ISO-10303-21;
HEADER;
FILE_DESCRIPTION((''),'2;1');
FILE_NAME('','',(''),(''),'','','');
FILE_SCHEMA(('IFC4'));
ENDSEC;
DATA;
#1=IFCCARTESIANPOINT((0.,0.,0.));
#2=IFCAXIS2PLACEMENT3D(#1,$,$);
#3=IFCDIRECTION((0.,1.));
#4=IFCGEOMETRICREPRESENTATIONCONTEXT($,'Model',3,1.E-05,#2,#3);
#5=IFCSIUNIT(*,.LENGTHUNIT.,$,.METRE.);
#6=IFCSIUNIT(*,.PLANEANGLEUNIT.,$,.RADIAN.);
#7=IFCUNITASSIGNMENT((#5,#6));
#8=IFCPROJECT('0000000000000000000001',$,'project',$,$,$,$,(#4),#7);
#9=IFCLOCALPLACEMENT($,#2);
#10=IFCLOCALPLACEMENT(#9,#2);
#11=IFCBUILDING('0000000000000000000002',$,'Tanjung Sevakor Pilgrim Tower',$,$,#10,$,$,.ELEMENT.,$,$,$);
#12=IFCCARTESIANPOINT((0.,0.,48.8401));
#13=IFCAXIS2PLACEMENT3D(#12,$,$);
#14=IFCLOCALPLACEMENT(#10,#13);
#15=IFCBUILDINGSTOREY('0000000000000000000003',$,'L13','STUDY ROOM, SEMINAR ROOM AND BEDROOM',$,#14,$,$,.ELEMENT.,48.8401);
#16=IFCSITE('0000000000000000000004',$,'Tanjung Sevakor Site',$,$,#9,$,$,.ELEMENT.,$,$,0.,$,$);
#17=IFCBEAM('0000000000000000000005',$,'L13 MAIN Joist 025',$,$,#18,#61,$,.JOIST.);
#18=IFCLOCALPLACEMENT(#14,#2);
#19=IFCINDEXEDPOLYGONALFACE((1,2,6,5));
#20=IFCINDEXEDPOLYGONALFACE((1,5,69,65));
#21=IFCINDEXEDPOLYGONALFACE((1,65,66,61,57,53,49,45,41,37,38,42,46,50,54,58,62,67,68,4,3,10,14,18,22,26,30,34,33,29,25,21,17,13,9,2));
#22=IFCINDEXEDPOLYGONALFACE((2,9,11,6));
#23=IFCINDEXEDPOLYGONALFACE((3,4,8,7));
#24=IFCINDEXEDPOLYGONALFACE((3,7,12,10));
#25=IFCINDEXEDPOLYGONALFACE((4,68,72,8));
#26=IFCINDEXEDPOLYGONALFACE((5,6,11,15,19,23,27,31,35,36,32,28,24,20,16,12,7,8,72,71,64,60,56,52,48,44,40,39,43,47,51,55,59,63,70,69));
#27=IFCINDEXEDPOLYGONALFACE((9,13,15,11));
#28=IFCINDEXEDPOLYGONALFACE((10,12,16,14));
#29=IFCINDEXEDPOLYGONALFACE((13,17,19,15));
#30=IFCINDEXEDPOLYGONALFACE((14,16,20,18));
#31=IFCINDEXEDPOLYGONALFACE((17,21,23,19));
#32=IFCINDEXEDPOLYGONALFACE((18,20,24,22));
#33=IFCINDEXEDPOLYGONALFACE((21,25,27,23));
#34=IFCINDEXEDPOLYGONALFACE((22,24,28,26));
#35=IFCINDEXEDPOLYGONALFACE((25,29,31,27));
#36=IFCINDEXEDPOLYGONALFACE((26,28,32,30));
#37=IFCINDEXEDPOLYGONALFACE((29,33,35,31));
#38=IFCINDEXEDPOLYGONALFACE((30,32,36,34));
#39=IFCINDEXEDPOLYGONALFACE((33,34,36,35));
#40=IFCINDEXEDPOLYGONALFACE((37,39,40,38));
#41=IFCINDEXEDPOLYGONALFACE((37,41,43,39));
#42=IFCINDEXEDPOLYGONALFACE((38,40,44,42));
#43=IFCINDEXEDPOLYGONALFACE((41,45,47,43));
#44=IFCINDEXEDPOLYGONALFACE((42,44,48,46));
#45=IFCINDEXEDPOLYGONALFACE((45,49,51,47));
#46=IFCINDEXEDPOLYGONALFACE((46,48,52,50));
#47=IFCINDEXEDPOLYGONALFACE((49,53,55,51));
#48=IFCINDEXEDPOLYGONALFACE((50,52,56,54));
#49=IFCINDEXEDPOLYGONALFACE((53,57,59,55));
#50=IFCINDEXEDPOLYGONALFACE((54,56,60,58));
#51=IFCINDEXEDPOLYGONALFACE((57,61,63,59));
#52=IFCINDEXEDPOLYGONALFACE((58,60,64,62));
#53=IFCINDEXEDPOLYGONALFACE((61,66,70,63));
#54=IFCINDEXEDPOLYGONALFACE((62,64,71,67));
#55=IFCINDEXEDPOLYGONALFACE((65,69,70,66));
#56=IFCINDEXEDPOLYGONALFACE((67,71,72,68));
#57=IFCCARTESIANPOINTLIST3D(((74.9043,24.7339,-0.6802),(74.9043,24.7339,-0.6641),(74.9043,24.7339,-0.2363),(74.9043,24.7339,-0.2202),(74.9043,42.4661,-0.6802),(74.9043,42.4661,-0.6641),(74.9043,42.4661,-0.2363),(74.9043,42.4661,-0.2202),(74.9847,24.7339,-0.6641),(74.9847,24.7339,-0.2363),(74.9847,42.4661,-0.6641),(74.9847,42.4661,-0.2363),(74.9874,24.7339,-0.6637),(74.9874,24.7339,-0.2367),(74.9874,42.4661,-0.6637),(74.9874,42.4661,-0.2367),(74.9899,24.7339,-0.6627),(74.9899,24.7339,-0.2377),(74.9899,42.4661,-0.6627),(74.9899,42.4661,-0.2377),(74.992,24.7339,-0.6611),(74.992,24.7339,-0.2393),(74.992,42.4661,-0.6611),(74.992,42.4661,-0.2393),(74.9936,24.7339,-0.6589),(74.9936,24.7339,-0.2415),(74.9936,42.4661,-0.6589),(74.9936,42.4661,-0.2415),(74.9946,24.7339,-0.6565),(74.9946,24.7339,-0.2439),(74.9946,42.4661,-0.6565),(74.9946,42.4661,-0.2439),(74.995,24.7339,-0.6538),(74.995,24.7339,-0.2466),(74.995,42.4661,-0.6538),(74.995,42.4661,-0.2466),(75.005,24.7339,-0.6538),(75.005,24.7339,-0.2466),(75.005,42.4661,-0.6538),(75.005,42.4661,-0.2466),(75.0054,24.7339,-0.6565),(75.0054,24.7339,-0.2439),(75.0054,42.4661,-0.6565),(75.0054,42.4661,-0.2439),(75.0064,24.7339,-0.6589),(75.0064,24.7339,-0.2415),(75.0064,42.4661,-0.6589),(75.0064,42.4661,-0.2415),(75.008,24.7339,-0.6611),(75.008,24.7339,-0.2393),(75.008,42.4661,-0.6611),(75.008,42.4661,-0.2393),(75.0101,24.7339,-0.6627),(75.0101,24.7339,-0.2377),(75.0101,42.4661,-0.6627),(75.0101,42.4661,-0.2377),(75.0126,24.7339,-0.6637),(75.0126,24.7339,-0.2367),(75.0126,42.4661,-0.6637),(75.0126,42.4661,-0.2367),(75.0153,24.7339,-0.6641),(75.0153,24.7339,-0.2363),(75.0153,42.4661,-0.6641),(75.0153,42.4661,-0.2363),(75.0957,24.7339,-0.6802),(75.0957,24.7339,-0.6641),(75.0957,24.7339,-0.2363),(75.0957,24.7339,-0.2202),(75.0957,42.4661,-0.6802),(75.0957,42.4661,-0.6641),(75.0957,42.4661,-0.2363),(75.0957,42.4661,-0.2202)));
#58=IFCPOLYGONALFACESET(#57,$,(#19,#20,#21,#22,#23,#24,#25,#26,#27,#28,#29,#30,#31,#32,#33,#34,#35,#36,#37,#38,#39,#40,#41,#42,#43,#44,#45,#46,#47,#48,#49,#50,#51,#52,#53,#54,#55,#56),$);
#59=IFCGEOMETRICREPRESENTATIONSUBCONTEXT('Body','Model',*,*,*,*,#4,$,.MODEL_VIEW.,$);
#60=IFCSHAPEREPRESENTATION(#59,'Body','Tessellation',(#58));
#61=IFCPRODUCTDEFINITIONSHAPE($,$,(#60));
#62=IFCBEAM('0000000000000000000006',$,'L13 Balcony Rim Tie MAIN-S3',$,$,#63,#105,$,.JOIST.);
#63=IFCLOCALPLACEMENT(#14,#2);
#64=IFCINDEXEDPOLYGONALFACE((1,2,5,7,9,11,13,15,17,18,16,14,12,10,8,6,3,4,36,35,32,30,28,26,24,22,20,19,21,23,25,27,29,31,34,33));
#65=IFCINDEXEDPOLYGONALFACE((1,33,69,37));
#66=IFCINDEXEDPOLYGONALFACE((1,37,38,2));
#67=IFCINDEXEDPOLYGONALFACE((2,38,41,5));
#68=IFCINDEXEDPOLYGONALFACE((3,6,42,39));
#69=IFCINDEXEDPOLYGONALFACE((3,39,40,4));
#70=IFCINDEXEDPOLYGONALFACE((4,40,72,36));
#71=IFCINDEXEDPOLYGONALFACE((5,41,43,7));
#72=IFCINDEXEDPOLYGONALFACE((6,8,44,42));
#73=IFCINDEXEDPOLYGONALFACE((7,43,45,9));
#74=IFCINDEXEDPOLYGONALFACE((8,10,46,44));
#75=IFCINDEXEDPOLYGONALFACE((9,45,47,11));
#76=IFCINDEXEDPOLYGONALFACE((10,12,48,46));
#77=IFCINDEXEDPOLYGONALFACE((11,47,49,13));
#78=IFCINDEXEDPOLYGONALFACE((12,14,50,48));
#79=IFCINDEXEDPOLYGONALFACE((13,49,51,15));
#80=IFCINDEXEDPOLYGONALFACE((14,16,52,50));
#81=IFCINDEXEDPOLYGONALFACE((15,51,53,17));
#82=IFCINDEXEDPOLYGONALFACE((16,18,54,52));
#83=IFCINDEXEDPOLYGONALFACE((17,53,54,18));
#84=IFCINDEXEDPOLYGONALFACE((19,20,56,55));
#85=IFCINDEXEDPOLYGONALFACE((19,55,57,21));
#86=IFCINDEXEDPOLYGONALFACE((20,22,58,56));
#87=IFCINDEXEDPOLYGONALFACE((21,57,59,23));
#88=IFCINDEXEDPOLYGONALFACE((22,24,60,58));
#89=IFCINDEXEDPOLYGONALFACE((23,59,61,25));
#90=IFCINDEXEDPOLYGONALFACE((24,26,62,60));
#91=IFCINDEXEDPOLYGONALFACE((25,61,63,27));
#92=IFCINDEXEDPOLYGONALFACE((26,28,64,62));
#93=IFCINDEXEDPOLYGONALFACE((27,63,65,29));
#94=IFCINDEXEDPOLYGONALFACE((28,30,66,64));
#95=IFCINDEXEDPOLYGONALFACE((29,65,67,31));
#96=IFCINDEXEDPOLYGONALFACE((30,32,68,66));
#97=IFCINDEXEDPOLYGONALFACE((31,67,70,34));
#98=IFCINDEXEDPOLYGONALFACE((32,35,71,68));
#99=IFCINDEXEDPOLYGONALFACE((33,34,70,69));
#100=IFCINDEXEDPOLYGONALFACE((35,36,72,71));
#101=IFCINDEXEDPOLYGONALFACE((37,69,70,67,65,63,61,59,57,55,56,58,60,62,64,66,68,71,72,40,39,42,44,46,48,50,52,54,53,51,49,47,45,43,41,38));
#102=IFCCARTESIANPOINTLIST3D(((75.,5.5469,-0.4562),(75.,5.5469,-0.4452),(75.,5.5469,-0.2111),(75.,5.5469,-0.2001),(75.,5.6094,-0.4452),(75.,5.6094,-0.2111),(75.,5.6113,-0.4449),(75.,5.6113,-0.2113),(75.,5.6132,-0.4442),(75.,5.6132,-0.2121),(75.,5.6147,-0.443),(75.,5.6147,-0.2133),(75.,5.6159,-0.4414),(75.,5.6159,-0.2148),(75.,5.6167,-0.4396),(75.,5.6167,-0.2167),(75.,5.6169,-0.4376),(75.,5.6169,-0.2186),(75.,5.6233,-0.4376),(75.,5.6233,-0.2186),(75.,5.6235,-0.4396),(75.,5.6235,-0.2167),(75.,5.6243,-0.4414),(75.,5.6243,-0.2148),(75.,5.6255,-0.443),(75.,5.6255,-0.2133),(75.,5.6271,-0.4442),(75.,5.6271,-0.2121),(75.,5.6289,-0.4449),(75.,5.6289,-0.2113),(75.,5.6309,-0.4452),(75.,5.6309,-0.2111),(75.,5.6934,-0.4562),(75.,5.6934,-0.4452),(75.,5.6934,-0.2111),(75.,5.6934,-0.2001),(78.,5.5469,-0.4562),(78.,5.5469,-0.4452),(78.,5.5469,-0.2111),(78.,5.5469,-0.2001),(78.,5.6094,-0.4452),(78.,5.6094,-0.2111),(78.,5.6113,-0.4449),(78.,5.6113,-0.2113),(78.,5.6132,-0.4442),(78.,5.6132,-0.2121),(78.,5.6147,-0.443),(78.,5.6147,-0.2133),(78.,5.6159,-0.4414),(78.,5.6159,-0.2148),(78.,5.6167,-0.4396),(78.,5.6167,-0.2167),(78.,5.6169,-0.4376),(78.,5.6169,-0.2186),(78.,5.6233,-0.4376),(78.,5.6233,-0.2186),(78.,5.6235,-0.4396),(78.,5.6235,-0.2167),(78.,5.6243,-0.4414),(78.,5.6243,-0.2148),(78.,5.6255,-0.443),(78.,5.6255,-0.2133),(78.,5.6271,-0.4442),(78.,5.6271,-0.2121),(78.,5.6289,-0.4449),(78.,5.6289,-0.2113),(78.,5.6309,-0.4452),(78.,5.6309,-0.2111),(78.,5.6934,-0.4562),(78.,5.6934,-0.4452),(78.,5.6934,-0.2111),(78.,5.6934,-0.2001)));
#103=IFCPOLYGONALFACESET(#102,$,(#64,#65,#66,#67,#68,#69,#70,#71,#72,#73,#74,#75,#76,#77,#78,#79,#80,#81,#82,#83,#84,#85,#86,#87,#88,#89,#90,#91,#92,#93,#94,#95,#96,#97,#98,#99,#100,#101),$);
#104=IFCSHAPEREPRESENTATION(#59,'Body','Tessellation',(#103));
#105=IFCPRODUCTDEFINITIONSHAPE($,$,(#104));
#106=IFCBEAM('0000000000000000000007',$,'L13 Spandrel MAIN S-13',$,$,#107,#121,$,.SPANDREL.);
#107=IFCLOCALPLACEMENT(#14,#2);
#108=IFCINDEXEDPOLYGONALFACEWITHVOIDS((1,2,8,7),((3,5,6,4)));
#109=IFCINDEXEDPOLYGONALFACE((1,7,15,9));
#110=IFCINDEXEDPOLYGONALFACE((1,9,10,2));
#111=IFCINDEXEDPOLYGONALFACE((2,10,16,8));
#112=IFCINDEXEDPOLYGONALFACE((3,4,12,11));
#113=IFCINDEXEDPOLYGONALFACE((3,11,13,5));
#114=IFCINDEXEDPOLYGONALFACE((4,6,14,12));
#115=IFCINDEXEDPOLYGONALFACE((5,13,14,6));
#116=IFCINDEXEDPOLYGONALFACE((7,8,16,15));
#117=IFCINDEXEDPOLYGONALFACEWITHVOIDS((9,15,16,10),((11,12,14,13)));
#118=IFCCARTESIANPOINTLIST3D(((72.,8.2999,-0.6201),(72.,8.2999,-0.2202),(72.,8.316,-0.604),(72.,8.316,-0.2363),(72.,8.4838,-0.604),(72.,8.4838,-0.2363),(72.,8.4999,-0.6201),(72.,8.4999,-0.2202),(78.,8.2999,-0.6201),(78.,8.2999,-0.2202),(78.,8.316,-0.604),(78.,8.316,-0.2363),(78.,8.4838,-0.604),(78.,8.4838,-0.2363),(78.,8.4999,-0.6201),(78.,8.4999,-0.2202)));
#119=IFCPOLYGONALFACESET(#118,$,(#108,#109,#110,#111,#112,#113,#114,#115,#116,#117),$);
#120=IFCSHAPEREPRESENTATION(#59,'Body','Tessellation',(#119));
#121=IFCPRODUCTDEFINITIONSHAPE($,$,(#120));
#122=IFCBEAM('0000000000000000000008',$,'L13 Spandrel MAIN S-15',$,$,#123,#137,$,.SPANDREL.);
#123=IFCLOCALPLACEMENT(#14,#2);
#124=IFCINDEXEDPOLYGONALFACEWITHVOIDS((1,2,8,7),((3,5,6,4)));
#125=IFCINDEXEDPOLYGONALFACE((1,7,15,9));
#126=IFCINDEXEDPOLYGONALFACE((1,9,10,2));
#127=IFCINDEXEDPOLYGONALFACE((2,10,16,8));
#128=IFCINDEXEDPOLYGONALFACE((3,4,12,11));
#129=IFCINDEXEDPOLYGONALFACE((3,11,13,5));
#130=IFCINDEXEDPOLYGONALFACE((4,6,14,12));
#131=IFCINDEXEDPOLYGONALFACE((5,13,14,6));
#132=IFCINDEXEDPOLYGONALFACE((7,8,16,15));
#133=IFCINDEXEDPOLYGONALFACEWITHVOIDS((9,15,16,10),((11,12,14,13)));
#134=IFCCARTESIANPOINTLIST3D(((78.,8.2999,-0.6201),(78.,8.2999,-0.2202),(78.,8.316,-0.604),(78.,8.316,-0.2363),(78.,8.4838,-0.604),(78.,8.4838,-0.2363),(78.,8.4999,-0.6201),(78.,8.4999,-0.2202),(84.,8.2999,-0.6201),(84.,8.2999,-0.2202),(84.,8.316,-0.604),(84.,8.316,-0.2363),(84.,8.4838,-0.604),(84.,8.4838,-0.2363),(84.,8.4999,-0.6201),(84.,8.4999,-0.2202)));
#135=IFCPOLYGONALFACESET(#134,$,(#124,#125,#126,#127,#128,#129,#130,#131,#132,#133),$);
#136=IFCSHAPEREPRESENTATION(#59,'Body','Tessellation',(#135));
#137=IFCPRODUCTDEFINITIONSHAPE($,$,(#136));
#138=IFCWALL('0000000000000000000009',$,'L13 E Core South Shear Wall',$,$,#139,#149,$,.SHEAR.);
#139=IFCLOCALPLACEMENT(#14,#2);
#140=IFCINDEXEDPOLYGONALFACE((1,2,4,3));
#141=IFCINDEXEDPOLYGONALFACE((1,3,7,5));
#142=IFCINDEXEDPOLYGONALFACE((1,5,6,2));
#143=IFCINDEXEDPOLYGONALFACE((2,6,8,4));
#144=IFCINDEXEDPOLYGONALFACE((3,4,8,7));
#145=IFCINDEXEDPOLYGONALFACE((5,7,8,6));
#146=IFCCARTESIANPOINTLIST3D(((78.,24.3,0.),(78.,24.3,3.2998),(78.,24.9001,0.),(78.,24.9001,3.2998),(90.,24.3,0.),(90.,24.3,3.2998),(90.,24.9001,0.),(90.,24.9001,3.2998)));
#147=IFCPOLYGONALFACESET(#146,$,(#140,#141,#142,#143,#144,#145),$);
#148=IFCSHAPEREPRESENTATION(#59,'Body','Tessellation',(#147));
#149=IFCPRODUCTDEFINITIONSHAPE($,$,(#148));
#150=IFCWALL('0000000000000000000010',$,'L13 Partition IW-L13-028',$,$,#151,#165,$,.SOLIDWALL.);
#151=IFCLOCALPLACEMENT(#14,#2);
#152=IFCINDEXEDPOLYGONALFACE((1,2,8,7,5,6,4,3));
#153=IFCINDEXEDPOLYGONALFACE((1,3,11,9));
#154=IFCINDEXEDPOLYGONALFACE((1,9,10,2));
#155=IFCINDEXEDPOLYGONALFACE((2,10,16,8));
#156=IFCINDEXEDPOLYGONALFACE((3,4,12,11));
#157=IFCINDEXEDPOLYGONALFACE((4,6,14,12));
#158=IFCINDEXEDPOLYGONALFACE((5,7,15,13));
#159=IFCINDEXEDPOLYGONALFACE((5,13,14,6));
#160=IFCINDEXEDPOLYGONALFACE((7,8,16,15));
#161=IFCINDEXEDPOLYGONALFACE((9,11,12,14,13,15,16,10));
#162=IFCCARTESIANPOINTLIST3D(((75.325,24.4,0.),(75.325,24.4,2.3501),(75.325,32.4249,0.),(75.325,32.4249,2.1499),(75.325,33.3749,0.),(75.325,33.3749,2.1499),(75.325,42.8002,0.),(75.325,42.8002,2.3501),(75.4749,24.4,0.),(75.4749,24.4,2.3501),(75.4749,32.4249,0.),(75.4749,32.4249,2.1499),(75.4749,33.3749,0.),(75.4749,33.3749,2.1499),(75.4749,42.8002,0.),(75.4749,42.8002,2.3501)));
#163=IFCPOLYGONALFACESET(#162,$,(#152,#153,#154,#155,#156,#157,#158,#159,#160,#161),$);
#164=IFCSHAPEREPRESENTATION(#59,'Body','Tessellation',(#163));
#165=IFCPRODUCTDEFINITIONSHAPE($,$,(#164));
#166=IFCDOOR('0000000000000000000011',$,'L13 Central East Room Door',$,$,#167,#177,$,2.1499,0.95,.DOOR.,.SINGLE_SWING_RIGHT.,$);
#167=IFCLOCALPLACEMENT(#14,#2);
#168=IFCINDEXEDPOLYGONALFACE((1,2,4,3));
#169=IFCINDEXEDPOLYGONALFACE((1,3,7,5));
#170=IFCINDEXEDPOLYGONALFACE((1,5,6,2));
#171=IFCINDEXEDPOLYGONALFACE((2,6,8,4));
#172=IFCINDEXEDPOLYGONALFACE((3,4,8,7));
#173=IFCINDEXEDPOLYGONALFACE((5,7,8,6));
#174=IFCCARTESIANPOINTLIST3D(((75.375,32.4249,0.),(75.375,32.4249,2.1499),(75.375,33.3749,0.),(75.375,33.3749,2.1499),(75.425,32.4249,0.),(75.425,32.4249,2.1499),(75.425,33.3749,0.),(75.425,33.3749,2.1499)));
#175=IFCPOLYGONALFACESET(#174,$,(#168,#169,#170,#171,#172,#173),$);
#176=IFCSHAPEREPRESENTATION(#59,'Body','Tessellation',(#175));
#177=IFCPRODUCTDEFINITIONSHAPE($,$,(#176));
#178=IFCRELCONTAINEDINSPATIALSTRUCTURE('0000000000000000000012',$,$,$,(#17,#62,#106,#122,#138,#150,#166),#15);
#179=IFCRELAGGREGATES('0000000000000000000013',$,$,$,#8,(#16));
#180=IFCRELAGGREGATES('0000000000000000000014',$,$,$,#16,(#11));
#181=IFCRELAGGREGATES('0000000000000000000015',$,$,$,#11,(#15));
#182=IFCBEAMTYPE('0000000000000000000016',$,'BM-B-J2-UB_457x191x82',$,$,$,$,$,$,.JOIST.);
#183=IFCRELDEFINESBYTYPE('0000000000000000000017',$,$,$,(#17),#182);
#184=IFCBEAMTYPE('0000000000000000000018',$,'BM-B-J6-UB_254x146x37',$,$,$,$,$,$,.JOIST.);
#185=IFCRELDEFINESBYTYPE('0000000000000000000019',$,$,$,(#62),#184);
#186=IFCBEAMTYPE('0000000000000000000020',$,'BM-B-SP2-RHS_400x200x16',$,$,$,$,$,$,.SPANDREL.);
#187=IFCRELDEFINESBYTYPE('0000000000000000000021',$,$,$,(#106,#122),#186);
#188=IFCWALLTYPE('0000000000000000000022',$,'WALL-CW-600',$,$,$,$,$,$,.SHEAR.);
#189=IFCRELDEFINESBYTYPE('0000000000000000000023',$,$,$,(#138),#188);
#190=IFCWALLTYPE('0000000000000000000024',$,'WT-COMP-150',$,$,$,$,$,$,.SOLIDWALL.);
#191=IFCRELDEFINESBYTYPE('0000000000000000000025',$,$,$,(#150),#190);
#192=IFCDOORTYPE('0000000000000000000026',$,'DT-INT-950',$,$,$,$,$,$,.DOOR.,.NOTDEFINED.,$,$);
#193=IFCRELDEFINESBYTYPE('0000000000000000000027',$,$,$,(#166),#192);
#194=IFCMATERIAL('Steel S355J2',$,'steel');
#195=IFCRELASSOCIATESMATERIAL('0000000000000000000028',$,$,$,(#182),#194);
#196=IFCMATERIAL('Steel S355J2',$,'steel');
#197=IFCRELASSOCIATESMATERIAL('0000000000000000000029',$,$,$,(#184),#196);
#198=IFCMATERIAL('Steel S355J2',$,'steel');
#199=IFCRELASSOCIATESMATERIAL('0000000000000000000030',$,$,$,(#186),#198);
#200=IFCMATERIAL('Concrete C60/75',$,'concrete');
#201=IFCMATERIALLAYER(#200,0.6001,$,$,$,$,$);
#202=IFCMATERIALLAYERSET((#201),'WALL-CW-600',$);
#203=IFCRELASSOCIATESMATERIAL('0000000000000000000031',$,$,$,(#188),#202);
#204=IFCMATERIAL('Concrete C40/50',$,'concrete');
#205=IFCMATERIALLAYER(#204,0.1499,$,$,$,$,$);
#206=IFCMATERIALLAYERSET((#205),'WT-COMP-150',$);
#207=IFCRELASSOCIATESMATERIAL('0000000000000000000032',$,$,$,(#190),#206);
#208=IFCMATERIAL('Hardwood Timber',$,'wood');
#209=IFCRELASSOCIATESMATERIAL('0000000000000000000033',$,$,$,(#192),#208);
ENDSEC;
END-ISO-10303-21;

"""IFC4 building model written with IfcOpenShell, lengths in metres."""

from ifc_helpers import new_model, si_unit, direction, frame, frame_2d, origin, origin_2d, place, context, subcontext, project, spatial, rectangle, hollow_rectangle, i_section, extrude, material, layer, layer_set, material_profile, profile_set, type_object, element, fill, save


model = new_model("IFC4")

# Units and contexts
model_context = context("Model", 3, precision=1e-05, world=origin(), true_north=direction((0.0, 1.0)))
body_context = subcontext(model_context, "Body", "Model", "MODEL_VIEW")
ifc_project = project(units=[si_unit("LENGTHUNIT", "METRE"), si_unit("PLANEANGLEUNIT", "RADIAN")], contexts=[model_context])

# Site, building, storey
site_placement = place(None, origin())
site = spatial("IfcSite", under=ifc_project, at=site_placement, Name="Tanjung Sevakor Site", CompositionType="ELEMENT", RefElevation=0.0)
building_placement = place(site_placement, origin())
building = spatial("IfcBuilding", under=site, at=building_placement, Name="Tanjung Sevakor Pilgrim Tower", CompositionType="ELEMENT")
storey_placement = place(building_placement, frame((0.0, 0.0, 48.8401)))
storey = spatial("IfcBuildingStorey", under=building, at=storey_placement, Name="L13", Description="STUDY ROOM, SEMINAR ROOM AND BEDROOM", CompositionType="ELEMENT", Elevation=48.8401)

# Beams
ifc_material_1 = material(Name="Steel S355J2", Category="steel")
ifc_material_profile_1 = material_profile(ifc_material_1, i_section(OverallWidth=0.1914, OverallDepth=0.46, WebThickness=0.01, FlangeThickness=0.0161, FilletRadius=0.0103, at=origin_2d()))
ifc_profile_set_1 = profile_set([ifc_material_profile_1], Name="Steel S355J2")
beam_type_1 = type_object("IfcBeamType", Name="BM-B-J2-UB_457x191x82", PredefinedType="JOIST", material=ifc_profile_set_1)
for number, where, z_axis, x_axis, name in (
    (1, (75.0, 24.7339, -0.4502), (0.0, 1.0, 0.0), (-1.0, 0.0, 0.0), "L13 MAIN Joist 025"),
):
    element("IfcBeam", number, at=place(storey_placement, frame(where, z_axis=z_axis, x_axis=x_axis)), inside=storey, type_object=beam_type_1, Name=name, PredefinedType="JOIST", context=body_context, shape_type="SweptSolid", body=[
        extrude(i_section(OverallWidth=0.1914, OverallDepth=0.46, WebThickness=0.01, FlangeThickness=0.0161, FilletRadius=0.0103, at=origin_2d()), origin(), (0.0, 0.0, 1.0), 17.7322),
    ])
ifc_material_2 = material(Name="Steel S355J2", Category="steel")
ifc_material_profile_2 = material_profile(ifc_material_2, i_section(OverallWidth=0.1465, OverallDepth=0.2561, WebThickness=0.0063, FlangeThickness=0.011, FilletRadius=0.0076, at=origin_2d()))
ifc_profile_set_2 = profile_set([ifc_material_profile_2], Name="Steel S355J2")
beam_type_2 = type_object("IfcBeamType", Name="BM-B-J6-UB_254x146x37", PredefinedType="JOIST", material=ifc_profile_set_2)
beam_1_placement = place(storey_placement, frame((75.0, 5.6201, -0.3281), z_axis=(1.0, 0.0, 0.0), x_axis=(0.0, 1.0, 0.0)))
element("IfcBeam", 2, at=beam_1_placement, inside=storey, type_object=beam_type_2, Name="L13 Balcony Rim Tie MAIN-S3", PredefinedType="JOIST", context=body_context, shape_type="SweptSolid", body=[
    extrude(i_section(OverallWidth=0.1465, OverallDepth=0.2561, WebThickness=0.0063, FlangeThickness=0.011, FilletRadius=0.0076, at=origin_2d()), origin(), (0.0, 0.0, 1.0), 3.0),
])
ifc_material_3 = material(Name="Steel S355J2", Category="steel")
ifc_material_profile_3 = material_profile(ifc_material_3, hollow_rectangle(XDim=0.2, YDim=0.3999, WallThickness=0.0161, at=origin_2d()))
ifc_profile_set_3 = profile_set([ifc_material_profile_3], Name="Steel S355J2")
beam_type_3 = type_object("IfcBeamType", Name="BM-B-SP2-RHS_400x200x16", PredefinedType="SPANDREL", material=ifc_profile_set_3)
for number, where, z_axis, x_axis, name in (
    (3, (72.0, 8.3999, -0.4202), (1.0, 0.0, 0.0), (0.0, 1.0, 0.0), "L13 Spandrel MAIN S-13"),
    (4, (78.0, 8.3999, -0.4202), (1.0, 0.0, 0.0), (0.0, 1.0, 0.0), "L13 Spandrel MAIN S-15"),
):
    element("IfcBeam", number, at=place(storey_placement, frame(where, z_axis=z_axis, x_axis=x_axis)), inside=storey, type_object=beam_type_3, Name=name, PredefinedType="SPANDREL", context=body_context, shape_type="SweptSolid", body=[
        extrude(hollow_rectangle(XDim=0.2, YDim=0.3999, WallThickness=0.0161, at=origin_2d()), origin(), (0.0, 0.0, 1.0), 6.0),
    ])

# Wall
ifc_material_4 = material(Name="Concrete C60/75", Category="concrete")
ifc_layer_1 = layer(ifc_material_4, 0.6001)
ifc_layer_set_1 = layer_set([ifc_layer_1], Name="WALL-CW-600")
wall_type_1 = type_object("IfcWallType", Name="WALL-CW-600", PredefinedType="SHEAR", material=ifc_layer_set_1)
wall_1_placement = place(storey_placement, frame((78.0, 24.6001, 0.0), z_axis=(0.0, 0.0, 1.0), x_axis=(1.0, 0.0, 0.0)))
element("IfcWall", 5, at=wall_1_placement, inside=storey, type_object=wall_type_1, Name="L13 E Core South Shear Wall", PredefinedType="SHEAR", context=body_context, shape_type="SweptSolid", body=[
    extrude(rectangle(XDim=12.0, YDim=0.6001, at=frame_2d((6.0, 0.0))), origin(), (0.0, 0.0, 1.0), 3.2998),
])

# Wall, opening, door
ifc_material_5 = material(Name="Concrete C40/50", Category="concrete")
ifc_layer_2 = layer(ifc_material_5, 0.1499)
ifc_layer_set_2 = layer_set([ifc_layer_2], Name="WT-COMP-150")
wall_type_2 = type_object("IfcWallType", Name="WT-COMP-150", PredefinedType="SOLIDWALL", material=ifc_layer_set_2)
wall_2_placement = place(storey_placement, frame((75.3999, 24.3999, 0.0), z_axis=(0.0, 0.0, 1.0), x_axis=(0.0, 1.0, 0.0)))
wall_2 = element("IfcWall", 6, at=wall_2_placement, inside=storey, type_object=wall_type_2, Name="L13 Partition IW-L13-028", PredefinedType="SOLIDWALL", context=body_context, shape_type="SweptSolid", body=[
    extrude(rectangle(XDim=18.4001, YDim=0.1499, at=frame_2d((9.2002, 0.0))), origin(), (0.0, 0.0, 1.0), 2.3501),
])
opening_1_placement = place(wall_2_placement, frame((8.0249, 0.0, 0.0)))
opening_1 = element("IfcOpeningElement", 7, at=opening_1_placement, cuts=wall_2, PredefinedType="OPENING", context=body_context, shape_type="SweptSolid", body=[
    extrude(rectangle(XDim=0.95, YDim=2.1499, at=frame_2d((0.4751, 1.075))), frame((0.0, 0.085, 0.0), z_axis=(0.0, -1.0, 0.0), x_axis=(1.0, 0.0, 0.0)), (0.0, 0.0, 1.0), 0.1699),
])
ifc_material_6 = material(Name="Hardwood Timber", Category="wood")
door_type_1 = type_object("IfcDoorType", Name="DT-INT-950", OperationType="NOTDEFINED", PredefinedType="DOOR", material=ifc_material_6)
door_1_placement = place(opening_1_placement, origin())
door_1 = element("IfcDoor", 8, at=door_1_placement, inside=storey, type_object=door_type_1, Name="L13 Central East Room Door", OperationType="SINGLE_SWING_RIGHT", OverallHeight=2.1499, OverallWidth=0.95, PredefinedType="DOOR", context=body_context, shape_type="SweptSolid", body=[
    extrude(rectangle(XDim=0.95, YDim=2.1499, at=frame_2d((0.4751, 1.075))), frame((0.0, 0.0249, 0.0), z_axis=(0.0, -1.0, 0.0), x_axis=(1.0, 0.0, 0.0)), (0.0, 0.0, 1.0), 0.05),
])
fill(opening_1, door_1)

save(model, "model.ifc")
